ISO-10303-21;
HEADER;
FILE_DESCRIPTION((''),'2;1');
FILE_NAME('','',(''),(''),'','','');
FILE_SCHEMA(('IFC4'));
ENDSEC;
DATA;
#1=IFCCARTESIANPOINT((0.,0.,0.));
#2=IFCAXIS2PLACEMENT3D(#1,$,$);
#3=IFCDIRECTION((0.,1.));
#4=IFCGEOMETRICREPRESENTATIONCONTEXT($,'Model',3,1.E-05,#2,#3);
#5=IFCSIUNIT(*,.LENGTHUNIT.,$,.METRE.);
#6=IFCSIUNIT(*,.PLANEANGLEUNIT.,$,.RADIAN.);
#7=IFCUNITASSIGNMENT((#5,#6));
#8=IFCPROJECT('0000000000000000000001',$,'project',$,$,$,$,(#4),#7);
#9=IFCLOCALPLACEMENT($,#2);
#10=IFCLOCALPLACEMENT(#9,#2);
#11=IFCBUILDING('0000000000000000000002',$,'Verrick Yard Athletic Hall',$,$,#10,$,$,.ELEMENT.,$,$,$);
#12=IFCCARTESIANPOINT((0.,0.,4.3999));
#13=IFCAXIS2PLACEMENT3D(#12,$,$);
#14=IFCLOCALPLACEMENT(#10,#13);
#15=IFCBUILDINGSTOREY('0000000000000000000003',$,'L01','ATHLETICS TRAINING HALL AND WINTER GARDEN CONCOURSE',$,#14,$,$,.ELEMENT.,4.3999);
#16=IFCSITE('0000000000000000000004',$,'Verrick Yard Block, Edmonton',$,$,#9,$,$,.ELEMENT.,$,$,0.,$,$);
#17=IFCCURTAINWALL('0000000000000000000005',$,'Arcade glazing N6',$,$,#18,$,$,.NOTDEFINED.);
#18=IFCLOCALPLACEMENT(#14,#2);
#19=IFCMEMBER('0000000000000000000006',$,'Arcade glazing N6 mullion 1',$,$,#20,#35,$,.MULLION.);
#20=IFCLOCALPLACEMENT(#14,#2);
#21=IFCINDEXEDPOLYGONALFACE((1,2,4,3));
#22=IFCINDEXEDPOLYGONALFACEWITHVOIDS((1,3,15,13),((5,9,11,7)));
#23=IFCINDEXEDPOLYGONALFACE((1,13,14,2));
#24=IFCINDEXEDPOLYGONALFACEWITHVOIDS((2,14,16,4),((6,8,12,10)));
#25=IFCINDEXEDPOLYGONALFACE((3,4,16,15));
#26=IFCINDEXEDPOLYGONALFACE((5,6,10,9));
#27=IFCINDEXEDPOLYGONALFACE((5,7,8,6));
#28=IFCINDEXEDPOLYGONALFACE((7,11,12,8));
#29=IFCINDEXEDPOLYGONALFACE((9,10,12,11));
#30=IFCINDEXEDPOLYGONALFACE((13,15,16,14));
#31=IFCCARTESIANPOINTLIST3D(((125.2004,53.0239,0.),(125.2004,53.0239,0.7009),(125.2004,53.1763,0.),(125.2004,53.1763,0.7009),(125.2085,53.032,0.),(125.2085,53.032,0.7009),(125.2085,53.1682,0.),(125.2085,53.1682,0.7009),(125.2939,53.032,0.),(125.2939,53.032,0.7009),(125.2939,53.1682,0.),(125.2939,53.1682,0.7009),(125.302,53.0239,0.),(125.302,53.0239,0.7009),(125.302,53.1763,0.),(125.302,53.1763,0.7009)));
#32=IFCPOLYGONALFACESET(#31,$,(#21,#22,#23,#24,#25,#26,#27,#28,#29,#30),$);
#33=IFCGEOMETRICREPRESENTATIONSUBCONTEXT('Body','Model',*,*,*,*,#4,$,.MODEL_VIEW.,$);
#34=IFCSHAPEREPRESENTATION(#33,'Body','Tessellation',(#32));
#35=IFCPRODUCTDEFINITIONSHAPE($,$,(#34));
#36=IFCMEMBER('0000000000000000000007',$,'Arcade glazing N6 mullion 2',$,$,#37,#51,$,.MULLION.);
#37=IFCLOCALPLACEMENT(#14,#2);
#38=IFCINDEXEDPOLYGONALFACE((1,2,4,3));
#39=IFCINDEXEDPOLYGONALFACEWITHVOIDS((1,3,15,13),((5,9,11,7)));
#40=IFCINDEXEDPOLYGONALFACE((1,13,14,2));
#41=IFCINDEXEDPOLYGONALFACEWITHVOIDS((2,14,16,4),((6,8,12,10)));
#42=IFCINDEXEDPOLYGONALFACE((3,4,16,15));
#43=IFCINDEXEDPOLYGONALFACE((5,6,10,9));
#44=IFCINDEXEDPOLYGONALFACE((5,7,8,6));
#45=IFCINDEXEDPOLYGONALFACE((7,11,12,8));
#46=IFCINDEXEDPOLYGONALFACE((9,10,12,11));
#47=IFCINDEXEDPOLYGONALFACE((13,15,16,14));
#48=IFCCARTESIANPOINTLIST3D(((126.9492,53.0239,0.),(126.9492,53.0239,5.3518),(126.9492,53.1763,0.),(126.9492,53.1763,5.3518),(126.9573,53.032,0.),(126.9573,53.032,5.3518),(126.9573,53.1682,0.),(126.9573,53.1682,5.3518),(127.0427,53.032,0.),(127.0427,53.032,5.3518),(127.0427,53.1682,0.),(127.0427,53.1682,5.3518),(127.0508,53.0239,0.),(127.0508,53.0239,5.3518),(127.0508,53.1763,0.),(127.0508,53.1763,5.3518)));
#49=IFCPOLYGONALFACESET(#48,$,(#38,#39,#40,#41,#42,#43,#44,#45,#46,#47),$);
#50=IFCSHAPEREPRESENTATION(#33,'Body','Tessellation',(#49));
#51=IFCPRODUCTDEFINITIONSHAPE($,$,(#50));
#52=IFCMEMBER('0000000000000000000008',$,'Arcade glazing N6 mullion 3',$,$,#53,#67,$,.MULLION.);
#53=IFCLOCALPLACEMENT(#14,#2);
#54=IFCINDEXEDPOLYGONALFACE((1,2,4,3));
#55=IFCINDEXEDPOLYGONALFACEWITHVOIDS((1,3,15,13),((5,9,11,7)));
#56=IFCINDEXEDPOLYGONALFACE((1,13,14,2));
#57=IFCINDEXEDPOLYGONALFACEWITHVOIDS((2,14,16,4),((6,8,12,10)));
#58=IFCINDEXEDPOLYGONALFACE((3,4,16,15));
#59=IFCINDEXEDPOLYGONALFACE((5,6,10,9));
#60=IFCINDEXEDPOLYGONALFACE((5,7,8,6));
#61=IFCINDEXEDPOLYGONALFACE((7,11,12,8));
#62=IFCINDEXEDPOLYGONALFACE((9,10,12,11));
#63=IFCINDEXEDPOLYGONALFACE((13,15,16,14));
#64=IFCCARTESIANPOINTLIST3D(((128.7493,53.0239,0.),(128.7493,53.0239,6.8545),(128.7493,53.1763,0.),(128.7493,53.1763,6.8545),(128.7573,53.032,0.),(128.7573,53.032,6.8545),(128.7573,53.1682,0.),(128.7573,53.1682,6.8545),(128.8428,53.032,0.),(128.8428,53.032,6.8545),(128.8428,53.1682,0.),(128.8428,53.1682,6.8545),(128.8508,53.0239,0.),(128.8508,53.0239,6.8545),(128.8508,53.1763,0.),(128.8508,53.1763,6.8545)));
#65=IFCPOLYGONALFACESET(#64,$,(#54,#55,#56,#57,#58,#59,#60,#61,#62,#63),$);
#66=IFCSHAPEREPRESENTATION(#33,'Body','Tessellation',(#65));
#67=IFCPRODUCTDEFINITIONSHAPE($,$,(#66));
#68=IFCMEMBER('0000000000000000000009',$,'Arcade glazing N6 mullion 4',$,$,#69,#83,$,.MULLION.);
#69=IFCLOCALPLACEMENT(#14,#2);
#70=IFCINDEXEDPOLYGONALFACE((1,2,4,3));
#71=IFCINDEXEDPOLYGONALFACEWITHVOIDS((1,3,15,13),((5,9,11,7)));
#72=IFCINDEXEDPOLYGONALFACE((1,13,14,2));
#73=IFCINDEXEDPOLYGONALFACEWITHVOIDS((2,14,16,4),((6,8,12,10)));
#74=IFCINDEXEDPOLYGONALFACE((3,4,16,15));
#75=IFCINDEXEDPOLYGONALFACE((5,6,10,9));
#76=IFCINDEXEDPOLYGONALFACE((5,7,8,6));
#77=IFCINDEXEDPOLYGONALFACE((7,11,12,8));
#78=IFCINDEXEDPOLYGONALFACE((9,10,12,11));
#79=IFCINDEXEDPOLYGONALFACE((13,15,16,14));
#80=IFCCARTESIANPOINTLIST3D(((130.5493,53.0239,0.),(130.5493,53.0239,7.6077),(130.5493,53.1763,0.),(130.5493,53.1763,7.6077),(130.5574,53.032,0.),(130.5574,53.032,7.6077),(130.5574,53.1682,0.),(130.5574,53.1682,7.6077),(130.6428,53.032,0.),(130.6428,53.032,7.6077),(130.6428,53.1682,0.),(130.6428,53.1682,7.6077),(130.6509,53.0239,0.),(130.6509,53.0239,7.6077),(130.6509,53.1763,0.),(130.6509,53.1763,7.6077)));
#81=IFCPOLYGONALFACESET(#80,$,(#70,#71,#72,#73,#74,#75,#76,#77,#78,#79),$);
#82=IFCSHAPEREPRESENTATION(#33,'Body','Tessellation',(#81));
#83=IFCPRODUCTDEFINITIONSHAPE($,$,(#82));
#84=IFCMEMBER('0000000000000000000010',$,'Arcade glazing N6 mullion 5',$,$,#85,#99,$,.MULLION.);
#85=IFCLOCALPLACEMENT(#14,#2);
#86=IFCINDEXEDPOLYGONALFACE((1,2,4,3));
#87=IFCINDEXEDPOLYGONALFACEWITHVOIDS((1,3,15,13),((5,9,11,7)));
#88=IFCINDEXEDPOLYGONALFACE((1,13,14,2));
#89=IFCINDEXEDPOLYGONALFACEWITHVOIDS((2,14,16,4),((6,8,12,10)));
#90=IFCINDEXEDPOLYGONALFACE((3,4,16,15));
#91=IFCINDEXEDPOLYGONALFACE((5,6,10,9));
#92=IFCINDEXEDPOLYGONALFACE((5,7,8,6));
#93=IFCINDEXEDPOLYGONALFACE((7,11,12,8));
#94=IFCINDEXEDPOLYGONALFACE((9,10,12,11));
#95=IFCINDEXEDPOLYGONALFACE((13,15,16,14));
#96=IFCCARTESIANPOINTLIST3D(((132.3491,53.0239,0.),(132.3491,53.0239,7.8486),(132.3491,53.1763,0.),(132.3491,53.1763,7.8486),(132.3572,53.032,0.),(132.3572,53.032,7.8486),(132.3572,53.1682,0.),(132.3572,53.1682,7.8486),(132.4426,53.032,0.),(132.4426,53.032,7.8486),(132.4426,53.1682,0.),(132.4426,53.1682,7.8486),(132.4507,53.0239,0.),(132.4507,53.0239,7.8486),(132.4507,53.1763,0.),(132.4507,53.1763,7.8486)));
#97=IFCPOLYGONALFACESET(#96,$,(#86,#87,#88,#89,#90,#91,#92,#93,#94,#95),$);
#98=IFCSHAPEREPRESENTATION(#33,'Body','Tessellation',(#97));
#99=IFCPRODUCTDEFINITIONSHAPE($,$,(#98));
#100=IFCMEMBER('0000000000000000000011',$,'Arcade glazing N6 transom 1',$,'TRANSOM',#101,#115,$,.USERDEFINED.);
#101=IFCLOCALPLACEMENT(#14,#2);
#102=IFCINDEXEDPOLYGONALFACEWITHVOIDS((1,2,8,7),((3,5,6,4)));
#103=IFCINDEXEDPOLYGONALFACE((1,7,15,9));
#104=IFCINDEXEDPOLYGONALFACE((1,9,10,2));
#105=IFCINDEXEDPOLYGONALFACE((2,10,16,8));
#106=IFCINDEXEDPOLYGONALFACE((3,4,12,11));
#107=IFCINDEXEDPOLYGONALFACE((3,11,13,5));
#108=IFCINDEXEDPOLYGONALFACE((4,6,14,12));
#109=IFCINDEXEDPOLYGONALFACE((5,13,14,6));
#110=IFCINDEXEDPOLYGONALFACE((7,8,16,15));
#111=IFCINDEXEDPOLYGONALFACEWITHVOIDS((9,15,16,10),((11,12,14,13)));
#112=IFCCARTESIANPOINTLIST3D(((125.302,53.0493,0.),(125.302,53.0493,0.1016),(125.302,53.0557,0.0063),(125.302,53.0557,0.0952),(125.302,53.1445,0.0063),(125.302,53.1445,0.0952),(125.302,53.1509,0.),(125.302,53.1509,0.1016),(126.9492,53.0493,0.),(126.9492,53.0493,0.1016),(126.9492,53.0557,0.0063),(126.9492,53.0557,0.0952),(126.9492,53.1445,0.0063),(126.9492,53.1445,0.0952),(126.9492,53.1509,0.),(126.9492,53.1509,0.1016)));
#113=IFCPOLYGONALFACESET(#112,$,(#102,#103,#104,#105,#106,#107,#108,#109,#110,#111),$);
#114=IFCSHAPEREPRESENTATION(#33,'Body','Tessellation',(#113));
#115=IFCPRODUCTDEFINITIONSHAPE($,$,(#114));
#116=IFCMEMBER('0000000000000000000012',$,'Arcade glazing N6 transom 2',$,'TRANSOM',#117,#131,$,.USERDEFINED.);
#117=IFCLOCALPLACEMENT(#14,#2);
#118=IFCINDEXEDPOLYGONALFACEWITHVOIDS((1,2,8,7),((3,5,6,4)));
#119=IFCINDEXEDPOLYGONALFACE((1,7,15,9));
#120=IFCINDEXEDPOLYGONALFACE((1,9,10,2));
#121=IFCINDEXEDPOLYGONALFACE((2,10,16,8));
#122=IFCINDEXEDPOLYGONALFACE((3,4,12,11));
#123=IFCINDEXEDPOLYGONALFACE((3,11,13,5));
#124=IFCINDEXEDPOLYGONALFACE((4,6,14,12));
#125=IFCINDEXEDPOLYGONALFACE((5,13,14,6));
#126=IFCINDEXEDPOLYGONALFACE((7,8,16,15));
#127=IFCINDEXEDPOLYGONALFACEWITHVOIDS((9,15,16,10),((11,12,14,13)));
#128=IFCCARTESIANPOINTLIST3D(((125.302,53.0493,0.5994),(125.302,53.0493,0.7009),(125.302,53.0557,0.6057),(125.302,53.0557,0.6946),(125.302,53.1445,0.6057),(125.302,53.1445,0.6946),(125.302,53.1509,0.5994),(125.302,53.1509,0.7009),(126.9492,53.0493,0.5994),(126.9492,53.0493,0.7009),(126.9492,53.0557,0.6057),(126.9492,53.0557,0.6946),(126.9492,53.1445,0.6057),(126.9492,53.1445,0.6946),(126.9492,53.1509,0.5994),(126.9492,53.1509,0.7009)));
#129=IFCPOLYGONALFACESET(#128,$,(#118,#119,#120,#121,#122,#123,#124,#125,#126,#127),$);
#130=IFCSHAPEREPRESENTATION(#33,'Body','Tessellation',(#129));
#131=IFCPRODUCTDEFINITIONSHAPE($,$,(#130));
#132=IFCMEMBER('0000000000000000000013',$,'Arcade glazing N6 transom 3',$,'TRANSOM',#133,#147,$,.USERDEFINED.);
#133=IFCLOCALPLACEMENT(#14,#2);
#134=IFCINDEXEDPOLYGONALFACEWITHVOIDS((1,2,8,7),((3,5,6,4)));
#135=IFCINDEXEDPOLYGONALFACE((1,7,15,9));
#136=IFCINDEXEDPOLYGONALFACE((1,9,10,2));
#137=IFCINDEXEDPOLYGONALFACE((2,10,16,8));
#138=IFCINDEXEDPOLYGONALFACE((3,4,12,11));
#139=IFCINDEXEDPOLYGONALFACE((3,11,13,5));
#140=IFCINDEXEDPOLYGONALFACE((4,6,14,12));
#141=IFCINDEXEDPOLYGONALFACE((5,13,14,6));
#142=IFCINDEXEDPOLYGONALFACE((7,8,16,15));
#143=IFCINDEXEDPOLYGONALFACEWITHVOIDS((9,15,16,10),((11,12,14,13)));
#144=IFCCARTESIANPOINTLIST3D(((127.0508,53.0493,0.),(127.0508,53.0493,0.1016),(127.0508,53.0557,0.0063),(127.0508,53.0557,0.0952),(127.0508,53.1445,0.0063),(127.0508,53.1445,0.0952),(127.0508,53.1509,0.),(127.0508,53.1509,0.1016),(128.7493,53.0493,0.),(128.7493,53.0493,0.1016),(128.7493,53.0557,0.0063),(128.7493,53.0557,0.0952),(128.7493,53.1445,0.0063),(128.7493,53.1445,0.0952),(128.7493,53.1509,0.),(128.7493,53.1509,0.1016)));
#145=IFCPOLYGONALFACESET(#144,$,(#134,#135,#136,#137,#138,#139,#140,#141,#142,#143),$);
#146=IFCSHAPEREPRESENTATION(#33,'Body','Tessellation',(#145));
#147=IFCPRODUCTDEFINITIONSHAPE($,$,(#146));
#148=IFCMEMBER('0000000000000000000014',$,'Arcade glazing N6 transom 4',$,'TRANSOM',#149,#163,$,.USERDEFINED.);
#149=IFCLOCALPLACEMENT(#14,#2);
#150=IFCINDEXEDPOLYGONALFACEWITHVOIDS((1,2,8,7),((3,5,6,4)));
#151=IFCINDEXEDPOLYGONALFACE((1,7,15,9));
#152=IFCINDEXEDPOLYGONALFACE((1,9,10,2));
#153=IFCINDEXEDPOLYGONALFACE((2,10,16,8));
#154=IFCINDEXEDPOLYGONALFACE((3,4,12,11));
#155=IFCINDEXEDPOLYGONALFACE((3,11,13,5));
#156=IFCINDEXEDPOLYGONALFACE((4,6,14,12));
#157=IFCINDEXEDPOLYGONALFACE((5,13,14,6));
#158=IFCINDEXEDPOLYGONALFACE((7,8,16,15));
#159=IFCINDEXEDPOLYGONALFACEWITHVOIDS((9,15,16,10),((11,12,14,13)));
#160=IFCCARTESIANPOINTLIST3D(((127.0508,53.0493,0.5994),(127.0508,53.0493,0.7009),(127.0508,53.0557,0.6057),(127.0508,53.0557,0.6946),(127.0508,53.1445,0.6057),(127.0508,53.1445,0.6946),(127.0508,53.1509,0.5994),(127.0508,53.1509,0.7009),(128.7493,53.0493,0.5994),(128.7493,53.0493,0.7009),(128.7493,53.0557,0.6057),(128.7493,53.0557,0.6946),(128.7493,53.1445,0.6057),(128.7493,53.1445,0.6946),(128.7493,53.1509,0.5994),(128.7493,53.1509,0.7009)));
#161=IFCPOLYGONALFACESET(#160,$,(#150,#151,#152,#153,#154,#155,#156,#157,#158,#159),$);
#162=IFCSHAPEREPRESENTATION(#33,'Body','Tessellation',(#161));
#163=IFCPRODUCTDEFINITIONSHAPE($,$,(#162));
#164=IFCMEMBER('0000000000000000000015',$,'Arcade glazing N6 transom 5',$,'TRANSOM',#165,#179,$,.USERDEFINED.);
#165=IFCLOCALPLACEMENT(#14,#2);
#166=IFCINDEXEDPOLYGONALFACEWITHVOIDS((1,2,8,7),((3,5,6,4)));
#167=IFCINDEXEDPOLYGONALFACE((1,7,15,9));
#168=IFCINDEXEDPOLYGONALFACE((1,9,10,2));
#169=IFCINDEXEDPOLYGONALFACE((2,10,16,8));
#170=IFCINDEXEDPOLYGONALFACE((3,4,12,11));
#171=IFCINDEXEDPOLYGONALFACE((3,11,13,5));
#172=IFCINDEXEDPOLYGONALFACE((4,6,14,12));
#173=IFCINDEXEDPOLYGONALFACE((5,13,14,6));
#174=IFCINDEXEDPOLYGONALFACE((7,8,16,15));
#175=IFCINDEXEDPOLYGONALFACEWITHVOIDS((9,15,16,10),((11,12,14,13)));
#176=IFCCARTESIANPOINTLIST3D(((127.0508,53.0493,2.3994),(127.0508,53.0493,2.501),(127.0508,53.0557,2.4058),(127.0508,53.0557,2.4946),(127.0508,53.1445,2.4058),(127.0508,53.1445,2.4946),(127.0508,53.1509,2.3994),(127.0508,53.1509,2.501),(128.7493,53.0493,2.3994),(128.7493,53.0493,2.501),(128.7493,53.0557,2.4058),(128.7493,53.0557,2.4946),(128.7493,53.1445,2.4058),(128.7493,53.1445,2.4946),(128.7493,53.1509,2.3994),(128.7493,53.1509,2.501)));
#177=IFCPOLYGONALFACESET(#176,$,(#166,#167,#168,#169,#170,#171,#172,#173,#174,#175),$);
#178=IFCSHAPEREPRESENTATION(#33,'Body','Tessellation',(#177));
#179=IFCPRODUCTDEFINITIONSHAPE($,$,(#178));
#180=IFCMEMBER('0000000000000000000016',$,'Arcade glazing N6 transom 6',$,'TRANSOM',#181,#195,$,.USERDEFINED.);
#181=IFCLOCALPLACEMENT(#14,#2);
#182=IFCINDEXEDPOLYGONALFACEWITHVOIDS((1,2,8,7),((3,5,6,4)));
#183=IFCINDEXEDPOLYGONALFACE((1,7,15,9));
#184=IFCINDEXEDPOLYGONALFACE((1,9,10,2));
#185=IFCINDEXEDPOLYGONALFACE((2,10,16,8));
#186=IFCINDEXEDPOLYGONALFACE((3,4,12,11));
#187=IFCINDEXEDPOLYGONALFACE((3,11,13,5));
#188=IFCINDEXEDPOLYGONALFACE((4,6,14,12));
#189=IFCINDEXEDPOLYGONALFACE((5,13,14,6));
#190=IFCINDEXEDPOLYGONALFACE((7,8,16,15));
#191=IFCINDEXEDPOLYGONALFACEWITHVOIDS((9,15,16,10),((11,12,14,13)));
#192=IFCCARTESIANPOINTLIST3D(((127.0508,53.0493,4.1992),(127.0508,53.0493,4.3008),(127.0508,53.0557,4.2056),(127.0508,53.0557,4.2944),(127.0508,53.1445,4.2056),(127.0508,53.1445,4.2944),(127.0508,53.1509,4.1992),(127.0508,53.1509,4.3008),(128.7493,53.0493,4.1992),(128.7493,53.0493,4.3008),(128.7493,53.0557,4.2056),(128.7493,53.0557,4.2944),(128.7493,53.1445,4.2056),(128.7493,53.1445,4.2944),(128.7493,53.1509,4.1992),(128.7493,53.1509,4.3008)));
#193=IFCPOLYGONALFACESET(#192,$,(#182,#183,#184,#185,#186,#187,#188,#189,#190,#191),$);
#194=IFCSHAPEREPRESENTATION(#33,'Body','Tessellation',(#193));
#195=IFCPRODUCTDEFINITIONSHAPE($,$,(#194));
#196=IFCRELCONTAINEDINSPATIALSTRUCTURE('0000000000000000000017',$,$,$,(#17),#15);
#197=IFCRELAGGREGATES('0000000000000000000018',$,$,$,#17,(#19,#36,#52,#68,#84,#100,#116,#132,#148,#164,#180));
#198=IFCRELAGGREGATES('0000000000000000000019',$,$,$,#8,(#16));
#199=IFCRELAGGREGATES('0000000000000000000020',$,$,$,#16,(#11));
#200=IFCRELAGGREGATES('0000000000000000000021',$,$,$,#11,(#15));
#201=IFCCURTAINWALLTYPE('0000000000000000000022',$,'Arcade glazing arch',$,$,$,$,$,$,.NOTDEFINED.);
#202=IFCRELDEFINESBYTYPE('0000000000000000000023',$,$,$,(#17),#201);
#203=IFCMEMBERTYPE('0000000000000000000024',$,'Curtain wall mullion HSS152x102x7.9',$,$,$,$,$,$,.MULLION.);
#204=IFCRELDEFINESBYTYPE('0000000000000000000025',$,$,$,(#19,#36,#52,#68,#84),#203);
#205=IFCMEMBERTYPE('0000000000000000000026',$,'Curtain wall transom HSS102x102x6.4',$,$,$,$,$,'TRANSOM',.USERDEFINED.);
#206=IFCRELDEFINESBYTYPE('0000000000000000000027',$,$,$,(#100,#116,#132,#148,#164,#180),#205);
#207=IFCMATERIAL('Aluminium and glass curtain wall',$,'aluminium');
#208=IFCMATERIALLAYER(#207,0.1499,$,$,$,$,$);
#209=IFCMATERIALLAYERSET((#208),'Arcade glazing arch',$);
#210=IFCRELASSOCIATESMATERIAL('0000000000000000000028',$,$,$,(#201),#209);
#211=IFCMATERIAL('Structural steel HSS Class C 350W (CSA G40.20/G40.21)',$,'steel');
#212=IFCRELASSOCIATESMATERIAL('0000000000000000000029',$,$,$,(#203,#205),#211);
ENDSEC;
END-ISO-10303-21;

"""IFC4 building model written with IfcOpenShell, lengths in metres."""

from ifc_helpers import new_model, si_unit, direction, frame, origin, origin_2d, place, context, subcontext, project, spatial, hollow_rectangle, extrude, material, layer, layer_set, material_profile, profile_set, type_object, element, aggregate, save


model = new_model("IFC4")

# Units and contexts
model_context = context("Model", 3, precision=1e-05, world=origin(), true_north=direction((0.0, 1.0)))
body_context = subcontext(model_context, "Body", "Model", "MODEL_VIEW")
ifc_project = project(units=[si_unit("LENGTHUNIT", "METRE"), si_unit("PLANEANGLEUNIT", "RADIAN")], contexts=[model_context])

# Site, building, storey
site_placement = place(None, origin())
site = spatial("IfcSite", under=ifc_project, at=site_placement, Name="Verrick Yard Block, Edmonton", CompositionType="ELEMENT", RefElevation=0.0)
building_placement = place(site_placement, origin())
building = spatial("IfcBuilding", under=site, at=building_placement, Name="Verrick Yard Athletic Hall", CompositionType="ELEMENT")
storey_placement = place(building_placement, frame((0.0, 0.0, 4.3999)))
storey = spatial("IfcBuildingStorey", under=building, at=storey_placement, Name="L01", Description="ATHLETICS TRAINING HALL AND WINTER GARDEN CONCOURSE", CompositionType="ELEMENT", Elevation=4.3999)

# Curtain wall, members
ifc_material_1 = material(Name="Aluminium and glass curtain wall", Category="aluminium")
ifc_layer_1 = layer(ifc_material_1, 0.1499)
ifc_layer_set_1 = layer_set([ifc_layer_1], Name="Arcade glazing arch")
curtain_wall_type = type_object("IfcCurtainWallType", Name="Arcade glazing arch", PredefinedType="NOTDEFINED", material=ifc_layer_set_1)
curtain_wall_placement = place(storey_placement, origin())
curtain_wall = element("IfcCurtainWall", 1, at=curtain_wall_placement, inside=storey, type_object=curtain_wall_type, Name="Arcade glazing N6", PredefinedType="NOTDEFINED")
ifc_material_2 = material(Name="Structural steel HSS Class C 350W (CSA G40.20/G40.21)", Category="steel")
ifc_material_profile_1 = material_profile(ifc_material_2, hollow_rectangle(XDim=0.1016, YDim=0.1523, WallThickness=0.0081, at=origin_2d()), Name="HSS152x102x7.9")
ifc_profile_set_1 = profile_set([ifc_material_profile_1], Name="Structural steel HSS Class C 350W (CSA G40.20/G40.21)")
member_type_1 = type_object("IfcMemberType", Name="Curtain wall mullion HSS152x102x7.9", PredefinedType="MULLION", material=ifc_profile_set_1)
member_1_placement = place(storey_placement, frame((125.2512, 53.1001, 0.0), z_axis=(0.0, 0.0, 1.0), x_axis=(1.0, 0.0, 0.0)))
member_1 = element("IfcMember", 2, at=member_1_placement, type_object=member_type_1, Name="Arcade glazing N6 mullion 1", PredefinedType="MULLION", context=body_context, shape_type="SweptSolid", body=[
    extrude(hollow_rectangle(XDim=0.1016, YDim=0.1523, WallThickness=0.0081, at=origin_2d()), origin(), (0.0, 0.0, 1.0), 0.7009),
])
member_2_placement = place(storey_placement, frame((127.0, 53.1001, 0.0), z_axis=(0.0, 0.0, 1.0), x_axis=(1.0, 0.0, 0.0)))
member_2 = element("IfcMember", 3, at=member_2_placement, type_object=member_type_1, Name="Arcade glazing N6 mullion 2", PredefinedType="MULLION", context=body_context, shape_type="SweptSolid", body=[
    extrude(hollow_rectangle(XDim=0.1016, YDim=0.1523, WallThickness=0.0081, at=origin_2d()), origin(), (0.0, 0.0, 1.0), 5.3518),
])
member_3_placement = place(storey_placement, frame((128.8, 53.1001, 0.0), z_axis=(0.0, 0.0, 1.0), x_axis=(1.0, 0.0, 0.0)))
member_3 = element("IfcMember", 4, at=member_3_placement, type_object=member_type_1, Name="Arcade glazing N6 mullion 3", PredefinedType="MULLION", context=body_context, shape_type="SweptSolid", body=[
    extrude(hollow_rectangle(XDim=0.1016, YDim=0.1523, WallThickness=0.0081, at=origin_2d()), origin(), (0.0, 0.0, 1.0), 6.8545),
])
member_4_placement = place(storey_placement, frame((130.6001, 53.1001, 0.0), z_axis=(0.0, 0.0, 1.0), x_axis=(1.0, 0.0, 0.0)))
member_4 = element("IfcMember", 5, at=member_4_placement, type_object=member_type_1, Name="Arcade glazing N6 mullion 4", PredefinedType="MULLION", context=body_context, shape_type="SweptSolid", body=[
    extrude(hollow_rectangle(XDim=0.1016, YDim=0.1523, WallThickness=0.0081, at=origin_2d()), origin(), (0.0, 0.0, 1.0), 7.6077),
])
member_5_placement = place(storey_placement, frame((132.3999, 53.1001, 0.0), z_axis=(0.0, 0.0, 1.0), x_axis=(1.0, 0.0, 0.0)))
member_5 = element("IfcMember", 6, at=member_5_placement, type_object=member_type_1, Name="Arcade glazing N6 mullion 5", PredefinedType="MULLION", context=body_context, shape_type="SweptSolid", body=[
    extrude(hollow_rectangle(XDim=0.1016, YDim=0.1523, WallThickness=0.0081, at=origin_2d()), origin(), (0.0, 0.0, 1.0), 7.8486),
])
ifc_material_profile_2 = material_profile(ifc_material_2, hollow_rectangle(XDim=0.1016, YDim=0.1016, WallThickness=0.0063, at=origin_2d()), Name="HSS102x102x6.4")
ifc_profile_set_2 = profile_set([ifc_material_profile_2], Name="Structural steel HSS Class C 350W (CSA G40.20/G40.21)")
member_type_2 = type_object("IfcMemberType", Name="Curtain wall transom HSS102x102x6.4", ElementType="TRANSOM", PredefinedType="USERDEFINED", material=ifc_profile_set_2)
member_6_placement = place(storey_placement, frame((125.302, 53.1001, 0.0508), z_axis=(1.0, 0.0, 0.0), x_axis=(0.0, 1.0, 0.0)))
member_6 = element("IfcMember", 7, at=member_6_placement, type_object=member_type_2, Name="Arcade glazing N6 transom 1", ObjectType="TRANSOM", PredefinedType="USERDEFINED", context=body_context, shape_type="SweptSolid", body=[
    extrude(hollow_rectangle(XDim=0.1016, YDim=0.1016, WallThickness=0.0063, at=origin_2d()), origin(), (0.0, 0.0, 1.0), 1.6472),
])
member_7_placement = place(storey_placement, frame((125.302, 53.1001, 0.6501), z_axis=(1.0, 0.0, 0.0), x_axis=(0.0, 1.0, 0.0)))
member_7 = element("IfcMember", 8, at=member_7_placement, type_object=member_type_2, Name="Arcade glazing N6 transom 2", ObjectType="TRANSOM", PredefinedType="USERDEFINED", context=body_context, shape_type="SweptSolid", body=[
    extrude(hollow_rectangle(XDim=0.1016, YDim=0.1016, WallThickness=0.0063, at=origin_2d()), origin(), (0.0, 0.0, 1.0), 1.6472),
])
member_8_placement = place(storey_placement, frame((127.0508, 53.1001, 0.0508), z_axis=(1.0, 0.0, 0.0), x_axis=(0.0, 1.0, 0.0)))
member_8 = element("IfcMember", 9, at=member_8_placement, type_object=member_type_2, Name="Arcade glazing N6 transom 3", ObjectType="TRANSOM", PredefinedType="USERDEFINED", context=body_context, shape_type="SweptSolid", body=[
    extrude(hollow_rectangle(XDim=0.1016, YDim=0.1016, WallThickness=0.0063, at=origin_2d()), origin(), (0.0, 0.0, 1.0), 1.6985),
])
member_9_placement = place(storey_placement, frame((127.0508, 53.1001, 0.6501), z_axis=(1.0, 0.0, 0.0), x_axis=(0.0, 1.0, 0.0)))
member_9 = element("IfcMember", 10, at=member_9_placement, type_object=member_type_2, Name="Arcade glazing N6 transom 4", ObjectType="TRANSOM", PredefinedType="USERDEFINED", context=body_context, shape_type="SweptSolid", body=[
    extrude(hollow_rectangle(XDim=0.1016, YDim=0.1016, WallThickness=0.0063, at=origin_2d()), origin(), (0.0, 0.0, 1.0), 1.6985),
])
member_10_placement = place(storey_placement, frame((127.0508, 53.1001, 2.4502), z_axis=(1.0, 0.0, 0.0), x_axis=(0.0, 1.0, 0.0)))
member_10 = element("IfcMember", 11, at=member_10_placement, type_object=member_type_2, Name="Arcade glazing N6 transom 5", ObjectType="TRANSOM", PredefinedType="USERDEFINED", context=body_context, shape_type="SweptSolid", body=[
    extrude(hollow_rectangle(XDim=0.1016, YDim=0.1016, WallThickness=0.0063, at=origin_2d()), origin(), (0.0, 0.0, 1.0), 1.6985),
])
member_11_placement = place(storey_placement, frame((127.0508, 53.1001, 4.25), z_axis=(1.0, 0.0, 0.0), x_axis=(0.0, 1.0, 0.0)))
member_11 = element("IfcMember", 12, at=member_11_placement, type_object=member_type_2, Name="Arcade glazing N6 transom 6", ObjectType="TRANSOM", PredefinedType="USERDEFINED", context=body_context, shape_type="SweptSolid", body=[
    extrude(hollow_rectangle(XDim=0.1016, YDim=0.1016, WallThickness=0.0063, at=origin_2d()), origin(), (0.0, 0.0, 1.0), 1.6985),
])
aggregate(curtain_wall, [member_1, member_2, member_3, member_4, member_5, member_6, member_7, member_8, member_9, member_10, member_11])

save(model, "model.ifc")
